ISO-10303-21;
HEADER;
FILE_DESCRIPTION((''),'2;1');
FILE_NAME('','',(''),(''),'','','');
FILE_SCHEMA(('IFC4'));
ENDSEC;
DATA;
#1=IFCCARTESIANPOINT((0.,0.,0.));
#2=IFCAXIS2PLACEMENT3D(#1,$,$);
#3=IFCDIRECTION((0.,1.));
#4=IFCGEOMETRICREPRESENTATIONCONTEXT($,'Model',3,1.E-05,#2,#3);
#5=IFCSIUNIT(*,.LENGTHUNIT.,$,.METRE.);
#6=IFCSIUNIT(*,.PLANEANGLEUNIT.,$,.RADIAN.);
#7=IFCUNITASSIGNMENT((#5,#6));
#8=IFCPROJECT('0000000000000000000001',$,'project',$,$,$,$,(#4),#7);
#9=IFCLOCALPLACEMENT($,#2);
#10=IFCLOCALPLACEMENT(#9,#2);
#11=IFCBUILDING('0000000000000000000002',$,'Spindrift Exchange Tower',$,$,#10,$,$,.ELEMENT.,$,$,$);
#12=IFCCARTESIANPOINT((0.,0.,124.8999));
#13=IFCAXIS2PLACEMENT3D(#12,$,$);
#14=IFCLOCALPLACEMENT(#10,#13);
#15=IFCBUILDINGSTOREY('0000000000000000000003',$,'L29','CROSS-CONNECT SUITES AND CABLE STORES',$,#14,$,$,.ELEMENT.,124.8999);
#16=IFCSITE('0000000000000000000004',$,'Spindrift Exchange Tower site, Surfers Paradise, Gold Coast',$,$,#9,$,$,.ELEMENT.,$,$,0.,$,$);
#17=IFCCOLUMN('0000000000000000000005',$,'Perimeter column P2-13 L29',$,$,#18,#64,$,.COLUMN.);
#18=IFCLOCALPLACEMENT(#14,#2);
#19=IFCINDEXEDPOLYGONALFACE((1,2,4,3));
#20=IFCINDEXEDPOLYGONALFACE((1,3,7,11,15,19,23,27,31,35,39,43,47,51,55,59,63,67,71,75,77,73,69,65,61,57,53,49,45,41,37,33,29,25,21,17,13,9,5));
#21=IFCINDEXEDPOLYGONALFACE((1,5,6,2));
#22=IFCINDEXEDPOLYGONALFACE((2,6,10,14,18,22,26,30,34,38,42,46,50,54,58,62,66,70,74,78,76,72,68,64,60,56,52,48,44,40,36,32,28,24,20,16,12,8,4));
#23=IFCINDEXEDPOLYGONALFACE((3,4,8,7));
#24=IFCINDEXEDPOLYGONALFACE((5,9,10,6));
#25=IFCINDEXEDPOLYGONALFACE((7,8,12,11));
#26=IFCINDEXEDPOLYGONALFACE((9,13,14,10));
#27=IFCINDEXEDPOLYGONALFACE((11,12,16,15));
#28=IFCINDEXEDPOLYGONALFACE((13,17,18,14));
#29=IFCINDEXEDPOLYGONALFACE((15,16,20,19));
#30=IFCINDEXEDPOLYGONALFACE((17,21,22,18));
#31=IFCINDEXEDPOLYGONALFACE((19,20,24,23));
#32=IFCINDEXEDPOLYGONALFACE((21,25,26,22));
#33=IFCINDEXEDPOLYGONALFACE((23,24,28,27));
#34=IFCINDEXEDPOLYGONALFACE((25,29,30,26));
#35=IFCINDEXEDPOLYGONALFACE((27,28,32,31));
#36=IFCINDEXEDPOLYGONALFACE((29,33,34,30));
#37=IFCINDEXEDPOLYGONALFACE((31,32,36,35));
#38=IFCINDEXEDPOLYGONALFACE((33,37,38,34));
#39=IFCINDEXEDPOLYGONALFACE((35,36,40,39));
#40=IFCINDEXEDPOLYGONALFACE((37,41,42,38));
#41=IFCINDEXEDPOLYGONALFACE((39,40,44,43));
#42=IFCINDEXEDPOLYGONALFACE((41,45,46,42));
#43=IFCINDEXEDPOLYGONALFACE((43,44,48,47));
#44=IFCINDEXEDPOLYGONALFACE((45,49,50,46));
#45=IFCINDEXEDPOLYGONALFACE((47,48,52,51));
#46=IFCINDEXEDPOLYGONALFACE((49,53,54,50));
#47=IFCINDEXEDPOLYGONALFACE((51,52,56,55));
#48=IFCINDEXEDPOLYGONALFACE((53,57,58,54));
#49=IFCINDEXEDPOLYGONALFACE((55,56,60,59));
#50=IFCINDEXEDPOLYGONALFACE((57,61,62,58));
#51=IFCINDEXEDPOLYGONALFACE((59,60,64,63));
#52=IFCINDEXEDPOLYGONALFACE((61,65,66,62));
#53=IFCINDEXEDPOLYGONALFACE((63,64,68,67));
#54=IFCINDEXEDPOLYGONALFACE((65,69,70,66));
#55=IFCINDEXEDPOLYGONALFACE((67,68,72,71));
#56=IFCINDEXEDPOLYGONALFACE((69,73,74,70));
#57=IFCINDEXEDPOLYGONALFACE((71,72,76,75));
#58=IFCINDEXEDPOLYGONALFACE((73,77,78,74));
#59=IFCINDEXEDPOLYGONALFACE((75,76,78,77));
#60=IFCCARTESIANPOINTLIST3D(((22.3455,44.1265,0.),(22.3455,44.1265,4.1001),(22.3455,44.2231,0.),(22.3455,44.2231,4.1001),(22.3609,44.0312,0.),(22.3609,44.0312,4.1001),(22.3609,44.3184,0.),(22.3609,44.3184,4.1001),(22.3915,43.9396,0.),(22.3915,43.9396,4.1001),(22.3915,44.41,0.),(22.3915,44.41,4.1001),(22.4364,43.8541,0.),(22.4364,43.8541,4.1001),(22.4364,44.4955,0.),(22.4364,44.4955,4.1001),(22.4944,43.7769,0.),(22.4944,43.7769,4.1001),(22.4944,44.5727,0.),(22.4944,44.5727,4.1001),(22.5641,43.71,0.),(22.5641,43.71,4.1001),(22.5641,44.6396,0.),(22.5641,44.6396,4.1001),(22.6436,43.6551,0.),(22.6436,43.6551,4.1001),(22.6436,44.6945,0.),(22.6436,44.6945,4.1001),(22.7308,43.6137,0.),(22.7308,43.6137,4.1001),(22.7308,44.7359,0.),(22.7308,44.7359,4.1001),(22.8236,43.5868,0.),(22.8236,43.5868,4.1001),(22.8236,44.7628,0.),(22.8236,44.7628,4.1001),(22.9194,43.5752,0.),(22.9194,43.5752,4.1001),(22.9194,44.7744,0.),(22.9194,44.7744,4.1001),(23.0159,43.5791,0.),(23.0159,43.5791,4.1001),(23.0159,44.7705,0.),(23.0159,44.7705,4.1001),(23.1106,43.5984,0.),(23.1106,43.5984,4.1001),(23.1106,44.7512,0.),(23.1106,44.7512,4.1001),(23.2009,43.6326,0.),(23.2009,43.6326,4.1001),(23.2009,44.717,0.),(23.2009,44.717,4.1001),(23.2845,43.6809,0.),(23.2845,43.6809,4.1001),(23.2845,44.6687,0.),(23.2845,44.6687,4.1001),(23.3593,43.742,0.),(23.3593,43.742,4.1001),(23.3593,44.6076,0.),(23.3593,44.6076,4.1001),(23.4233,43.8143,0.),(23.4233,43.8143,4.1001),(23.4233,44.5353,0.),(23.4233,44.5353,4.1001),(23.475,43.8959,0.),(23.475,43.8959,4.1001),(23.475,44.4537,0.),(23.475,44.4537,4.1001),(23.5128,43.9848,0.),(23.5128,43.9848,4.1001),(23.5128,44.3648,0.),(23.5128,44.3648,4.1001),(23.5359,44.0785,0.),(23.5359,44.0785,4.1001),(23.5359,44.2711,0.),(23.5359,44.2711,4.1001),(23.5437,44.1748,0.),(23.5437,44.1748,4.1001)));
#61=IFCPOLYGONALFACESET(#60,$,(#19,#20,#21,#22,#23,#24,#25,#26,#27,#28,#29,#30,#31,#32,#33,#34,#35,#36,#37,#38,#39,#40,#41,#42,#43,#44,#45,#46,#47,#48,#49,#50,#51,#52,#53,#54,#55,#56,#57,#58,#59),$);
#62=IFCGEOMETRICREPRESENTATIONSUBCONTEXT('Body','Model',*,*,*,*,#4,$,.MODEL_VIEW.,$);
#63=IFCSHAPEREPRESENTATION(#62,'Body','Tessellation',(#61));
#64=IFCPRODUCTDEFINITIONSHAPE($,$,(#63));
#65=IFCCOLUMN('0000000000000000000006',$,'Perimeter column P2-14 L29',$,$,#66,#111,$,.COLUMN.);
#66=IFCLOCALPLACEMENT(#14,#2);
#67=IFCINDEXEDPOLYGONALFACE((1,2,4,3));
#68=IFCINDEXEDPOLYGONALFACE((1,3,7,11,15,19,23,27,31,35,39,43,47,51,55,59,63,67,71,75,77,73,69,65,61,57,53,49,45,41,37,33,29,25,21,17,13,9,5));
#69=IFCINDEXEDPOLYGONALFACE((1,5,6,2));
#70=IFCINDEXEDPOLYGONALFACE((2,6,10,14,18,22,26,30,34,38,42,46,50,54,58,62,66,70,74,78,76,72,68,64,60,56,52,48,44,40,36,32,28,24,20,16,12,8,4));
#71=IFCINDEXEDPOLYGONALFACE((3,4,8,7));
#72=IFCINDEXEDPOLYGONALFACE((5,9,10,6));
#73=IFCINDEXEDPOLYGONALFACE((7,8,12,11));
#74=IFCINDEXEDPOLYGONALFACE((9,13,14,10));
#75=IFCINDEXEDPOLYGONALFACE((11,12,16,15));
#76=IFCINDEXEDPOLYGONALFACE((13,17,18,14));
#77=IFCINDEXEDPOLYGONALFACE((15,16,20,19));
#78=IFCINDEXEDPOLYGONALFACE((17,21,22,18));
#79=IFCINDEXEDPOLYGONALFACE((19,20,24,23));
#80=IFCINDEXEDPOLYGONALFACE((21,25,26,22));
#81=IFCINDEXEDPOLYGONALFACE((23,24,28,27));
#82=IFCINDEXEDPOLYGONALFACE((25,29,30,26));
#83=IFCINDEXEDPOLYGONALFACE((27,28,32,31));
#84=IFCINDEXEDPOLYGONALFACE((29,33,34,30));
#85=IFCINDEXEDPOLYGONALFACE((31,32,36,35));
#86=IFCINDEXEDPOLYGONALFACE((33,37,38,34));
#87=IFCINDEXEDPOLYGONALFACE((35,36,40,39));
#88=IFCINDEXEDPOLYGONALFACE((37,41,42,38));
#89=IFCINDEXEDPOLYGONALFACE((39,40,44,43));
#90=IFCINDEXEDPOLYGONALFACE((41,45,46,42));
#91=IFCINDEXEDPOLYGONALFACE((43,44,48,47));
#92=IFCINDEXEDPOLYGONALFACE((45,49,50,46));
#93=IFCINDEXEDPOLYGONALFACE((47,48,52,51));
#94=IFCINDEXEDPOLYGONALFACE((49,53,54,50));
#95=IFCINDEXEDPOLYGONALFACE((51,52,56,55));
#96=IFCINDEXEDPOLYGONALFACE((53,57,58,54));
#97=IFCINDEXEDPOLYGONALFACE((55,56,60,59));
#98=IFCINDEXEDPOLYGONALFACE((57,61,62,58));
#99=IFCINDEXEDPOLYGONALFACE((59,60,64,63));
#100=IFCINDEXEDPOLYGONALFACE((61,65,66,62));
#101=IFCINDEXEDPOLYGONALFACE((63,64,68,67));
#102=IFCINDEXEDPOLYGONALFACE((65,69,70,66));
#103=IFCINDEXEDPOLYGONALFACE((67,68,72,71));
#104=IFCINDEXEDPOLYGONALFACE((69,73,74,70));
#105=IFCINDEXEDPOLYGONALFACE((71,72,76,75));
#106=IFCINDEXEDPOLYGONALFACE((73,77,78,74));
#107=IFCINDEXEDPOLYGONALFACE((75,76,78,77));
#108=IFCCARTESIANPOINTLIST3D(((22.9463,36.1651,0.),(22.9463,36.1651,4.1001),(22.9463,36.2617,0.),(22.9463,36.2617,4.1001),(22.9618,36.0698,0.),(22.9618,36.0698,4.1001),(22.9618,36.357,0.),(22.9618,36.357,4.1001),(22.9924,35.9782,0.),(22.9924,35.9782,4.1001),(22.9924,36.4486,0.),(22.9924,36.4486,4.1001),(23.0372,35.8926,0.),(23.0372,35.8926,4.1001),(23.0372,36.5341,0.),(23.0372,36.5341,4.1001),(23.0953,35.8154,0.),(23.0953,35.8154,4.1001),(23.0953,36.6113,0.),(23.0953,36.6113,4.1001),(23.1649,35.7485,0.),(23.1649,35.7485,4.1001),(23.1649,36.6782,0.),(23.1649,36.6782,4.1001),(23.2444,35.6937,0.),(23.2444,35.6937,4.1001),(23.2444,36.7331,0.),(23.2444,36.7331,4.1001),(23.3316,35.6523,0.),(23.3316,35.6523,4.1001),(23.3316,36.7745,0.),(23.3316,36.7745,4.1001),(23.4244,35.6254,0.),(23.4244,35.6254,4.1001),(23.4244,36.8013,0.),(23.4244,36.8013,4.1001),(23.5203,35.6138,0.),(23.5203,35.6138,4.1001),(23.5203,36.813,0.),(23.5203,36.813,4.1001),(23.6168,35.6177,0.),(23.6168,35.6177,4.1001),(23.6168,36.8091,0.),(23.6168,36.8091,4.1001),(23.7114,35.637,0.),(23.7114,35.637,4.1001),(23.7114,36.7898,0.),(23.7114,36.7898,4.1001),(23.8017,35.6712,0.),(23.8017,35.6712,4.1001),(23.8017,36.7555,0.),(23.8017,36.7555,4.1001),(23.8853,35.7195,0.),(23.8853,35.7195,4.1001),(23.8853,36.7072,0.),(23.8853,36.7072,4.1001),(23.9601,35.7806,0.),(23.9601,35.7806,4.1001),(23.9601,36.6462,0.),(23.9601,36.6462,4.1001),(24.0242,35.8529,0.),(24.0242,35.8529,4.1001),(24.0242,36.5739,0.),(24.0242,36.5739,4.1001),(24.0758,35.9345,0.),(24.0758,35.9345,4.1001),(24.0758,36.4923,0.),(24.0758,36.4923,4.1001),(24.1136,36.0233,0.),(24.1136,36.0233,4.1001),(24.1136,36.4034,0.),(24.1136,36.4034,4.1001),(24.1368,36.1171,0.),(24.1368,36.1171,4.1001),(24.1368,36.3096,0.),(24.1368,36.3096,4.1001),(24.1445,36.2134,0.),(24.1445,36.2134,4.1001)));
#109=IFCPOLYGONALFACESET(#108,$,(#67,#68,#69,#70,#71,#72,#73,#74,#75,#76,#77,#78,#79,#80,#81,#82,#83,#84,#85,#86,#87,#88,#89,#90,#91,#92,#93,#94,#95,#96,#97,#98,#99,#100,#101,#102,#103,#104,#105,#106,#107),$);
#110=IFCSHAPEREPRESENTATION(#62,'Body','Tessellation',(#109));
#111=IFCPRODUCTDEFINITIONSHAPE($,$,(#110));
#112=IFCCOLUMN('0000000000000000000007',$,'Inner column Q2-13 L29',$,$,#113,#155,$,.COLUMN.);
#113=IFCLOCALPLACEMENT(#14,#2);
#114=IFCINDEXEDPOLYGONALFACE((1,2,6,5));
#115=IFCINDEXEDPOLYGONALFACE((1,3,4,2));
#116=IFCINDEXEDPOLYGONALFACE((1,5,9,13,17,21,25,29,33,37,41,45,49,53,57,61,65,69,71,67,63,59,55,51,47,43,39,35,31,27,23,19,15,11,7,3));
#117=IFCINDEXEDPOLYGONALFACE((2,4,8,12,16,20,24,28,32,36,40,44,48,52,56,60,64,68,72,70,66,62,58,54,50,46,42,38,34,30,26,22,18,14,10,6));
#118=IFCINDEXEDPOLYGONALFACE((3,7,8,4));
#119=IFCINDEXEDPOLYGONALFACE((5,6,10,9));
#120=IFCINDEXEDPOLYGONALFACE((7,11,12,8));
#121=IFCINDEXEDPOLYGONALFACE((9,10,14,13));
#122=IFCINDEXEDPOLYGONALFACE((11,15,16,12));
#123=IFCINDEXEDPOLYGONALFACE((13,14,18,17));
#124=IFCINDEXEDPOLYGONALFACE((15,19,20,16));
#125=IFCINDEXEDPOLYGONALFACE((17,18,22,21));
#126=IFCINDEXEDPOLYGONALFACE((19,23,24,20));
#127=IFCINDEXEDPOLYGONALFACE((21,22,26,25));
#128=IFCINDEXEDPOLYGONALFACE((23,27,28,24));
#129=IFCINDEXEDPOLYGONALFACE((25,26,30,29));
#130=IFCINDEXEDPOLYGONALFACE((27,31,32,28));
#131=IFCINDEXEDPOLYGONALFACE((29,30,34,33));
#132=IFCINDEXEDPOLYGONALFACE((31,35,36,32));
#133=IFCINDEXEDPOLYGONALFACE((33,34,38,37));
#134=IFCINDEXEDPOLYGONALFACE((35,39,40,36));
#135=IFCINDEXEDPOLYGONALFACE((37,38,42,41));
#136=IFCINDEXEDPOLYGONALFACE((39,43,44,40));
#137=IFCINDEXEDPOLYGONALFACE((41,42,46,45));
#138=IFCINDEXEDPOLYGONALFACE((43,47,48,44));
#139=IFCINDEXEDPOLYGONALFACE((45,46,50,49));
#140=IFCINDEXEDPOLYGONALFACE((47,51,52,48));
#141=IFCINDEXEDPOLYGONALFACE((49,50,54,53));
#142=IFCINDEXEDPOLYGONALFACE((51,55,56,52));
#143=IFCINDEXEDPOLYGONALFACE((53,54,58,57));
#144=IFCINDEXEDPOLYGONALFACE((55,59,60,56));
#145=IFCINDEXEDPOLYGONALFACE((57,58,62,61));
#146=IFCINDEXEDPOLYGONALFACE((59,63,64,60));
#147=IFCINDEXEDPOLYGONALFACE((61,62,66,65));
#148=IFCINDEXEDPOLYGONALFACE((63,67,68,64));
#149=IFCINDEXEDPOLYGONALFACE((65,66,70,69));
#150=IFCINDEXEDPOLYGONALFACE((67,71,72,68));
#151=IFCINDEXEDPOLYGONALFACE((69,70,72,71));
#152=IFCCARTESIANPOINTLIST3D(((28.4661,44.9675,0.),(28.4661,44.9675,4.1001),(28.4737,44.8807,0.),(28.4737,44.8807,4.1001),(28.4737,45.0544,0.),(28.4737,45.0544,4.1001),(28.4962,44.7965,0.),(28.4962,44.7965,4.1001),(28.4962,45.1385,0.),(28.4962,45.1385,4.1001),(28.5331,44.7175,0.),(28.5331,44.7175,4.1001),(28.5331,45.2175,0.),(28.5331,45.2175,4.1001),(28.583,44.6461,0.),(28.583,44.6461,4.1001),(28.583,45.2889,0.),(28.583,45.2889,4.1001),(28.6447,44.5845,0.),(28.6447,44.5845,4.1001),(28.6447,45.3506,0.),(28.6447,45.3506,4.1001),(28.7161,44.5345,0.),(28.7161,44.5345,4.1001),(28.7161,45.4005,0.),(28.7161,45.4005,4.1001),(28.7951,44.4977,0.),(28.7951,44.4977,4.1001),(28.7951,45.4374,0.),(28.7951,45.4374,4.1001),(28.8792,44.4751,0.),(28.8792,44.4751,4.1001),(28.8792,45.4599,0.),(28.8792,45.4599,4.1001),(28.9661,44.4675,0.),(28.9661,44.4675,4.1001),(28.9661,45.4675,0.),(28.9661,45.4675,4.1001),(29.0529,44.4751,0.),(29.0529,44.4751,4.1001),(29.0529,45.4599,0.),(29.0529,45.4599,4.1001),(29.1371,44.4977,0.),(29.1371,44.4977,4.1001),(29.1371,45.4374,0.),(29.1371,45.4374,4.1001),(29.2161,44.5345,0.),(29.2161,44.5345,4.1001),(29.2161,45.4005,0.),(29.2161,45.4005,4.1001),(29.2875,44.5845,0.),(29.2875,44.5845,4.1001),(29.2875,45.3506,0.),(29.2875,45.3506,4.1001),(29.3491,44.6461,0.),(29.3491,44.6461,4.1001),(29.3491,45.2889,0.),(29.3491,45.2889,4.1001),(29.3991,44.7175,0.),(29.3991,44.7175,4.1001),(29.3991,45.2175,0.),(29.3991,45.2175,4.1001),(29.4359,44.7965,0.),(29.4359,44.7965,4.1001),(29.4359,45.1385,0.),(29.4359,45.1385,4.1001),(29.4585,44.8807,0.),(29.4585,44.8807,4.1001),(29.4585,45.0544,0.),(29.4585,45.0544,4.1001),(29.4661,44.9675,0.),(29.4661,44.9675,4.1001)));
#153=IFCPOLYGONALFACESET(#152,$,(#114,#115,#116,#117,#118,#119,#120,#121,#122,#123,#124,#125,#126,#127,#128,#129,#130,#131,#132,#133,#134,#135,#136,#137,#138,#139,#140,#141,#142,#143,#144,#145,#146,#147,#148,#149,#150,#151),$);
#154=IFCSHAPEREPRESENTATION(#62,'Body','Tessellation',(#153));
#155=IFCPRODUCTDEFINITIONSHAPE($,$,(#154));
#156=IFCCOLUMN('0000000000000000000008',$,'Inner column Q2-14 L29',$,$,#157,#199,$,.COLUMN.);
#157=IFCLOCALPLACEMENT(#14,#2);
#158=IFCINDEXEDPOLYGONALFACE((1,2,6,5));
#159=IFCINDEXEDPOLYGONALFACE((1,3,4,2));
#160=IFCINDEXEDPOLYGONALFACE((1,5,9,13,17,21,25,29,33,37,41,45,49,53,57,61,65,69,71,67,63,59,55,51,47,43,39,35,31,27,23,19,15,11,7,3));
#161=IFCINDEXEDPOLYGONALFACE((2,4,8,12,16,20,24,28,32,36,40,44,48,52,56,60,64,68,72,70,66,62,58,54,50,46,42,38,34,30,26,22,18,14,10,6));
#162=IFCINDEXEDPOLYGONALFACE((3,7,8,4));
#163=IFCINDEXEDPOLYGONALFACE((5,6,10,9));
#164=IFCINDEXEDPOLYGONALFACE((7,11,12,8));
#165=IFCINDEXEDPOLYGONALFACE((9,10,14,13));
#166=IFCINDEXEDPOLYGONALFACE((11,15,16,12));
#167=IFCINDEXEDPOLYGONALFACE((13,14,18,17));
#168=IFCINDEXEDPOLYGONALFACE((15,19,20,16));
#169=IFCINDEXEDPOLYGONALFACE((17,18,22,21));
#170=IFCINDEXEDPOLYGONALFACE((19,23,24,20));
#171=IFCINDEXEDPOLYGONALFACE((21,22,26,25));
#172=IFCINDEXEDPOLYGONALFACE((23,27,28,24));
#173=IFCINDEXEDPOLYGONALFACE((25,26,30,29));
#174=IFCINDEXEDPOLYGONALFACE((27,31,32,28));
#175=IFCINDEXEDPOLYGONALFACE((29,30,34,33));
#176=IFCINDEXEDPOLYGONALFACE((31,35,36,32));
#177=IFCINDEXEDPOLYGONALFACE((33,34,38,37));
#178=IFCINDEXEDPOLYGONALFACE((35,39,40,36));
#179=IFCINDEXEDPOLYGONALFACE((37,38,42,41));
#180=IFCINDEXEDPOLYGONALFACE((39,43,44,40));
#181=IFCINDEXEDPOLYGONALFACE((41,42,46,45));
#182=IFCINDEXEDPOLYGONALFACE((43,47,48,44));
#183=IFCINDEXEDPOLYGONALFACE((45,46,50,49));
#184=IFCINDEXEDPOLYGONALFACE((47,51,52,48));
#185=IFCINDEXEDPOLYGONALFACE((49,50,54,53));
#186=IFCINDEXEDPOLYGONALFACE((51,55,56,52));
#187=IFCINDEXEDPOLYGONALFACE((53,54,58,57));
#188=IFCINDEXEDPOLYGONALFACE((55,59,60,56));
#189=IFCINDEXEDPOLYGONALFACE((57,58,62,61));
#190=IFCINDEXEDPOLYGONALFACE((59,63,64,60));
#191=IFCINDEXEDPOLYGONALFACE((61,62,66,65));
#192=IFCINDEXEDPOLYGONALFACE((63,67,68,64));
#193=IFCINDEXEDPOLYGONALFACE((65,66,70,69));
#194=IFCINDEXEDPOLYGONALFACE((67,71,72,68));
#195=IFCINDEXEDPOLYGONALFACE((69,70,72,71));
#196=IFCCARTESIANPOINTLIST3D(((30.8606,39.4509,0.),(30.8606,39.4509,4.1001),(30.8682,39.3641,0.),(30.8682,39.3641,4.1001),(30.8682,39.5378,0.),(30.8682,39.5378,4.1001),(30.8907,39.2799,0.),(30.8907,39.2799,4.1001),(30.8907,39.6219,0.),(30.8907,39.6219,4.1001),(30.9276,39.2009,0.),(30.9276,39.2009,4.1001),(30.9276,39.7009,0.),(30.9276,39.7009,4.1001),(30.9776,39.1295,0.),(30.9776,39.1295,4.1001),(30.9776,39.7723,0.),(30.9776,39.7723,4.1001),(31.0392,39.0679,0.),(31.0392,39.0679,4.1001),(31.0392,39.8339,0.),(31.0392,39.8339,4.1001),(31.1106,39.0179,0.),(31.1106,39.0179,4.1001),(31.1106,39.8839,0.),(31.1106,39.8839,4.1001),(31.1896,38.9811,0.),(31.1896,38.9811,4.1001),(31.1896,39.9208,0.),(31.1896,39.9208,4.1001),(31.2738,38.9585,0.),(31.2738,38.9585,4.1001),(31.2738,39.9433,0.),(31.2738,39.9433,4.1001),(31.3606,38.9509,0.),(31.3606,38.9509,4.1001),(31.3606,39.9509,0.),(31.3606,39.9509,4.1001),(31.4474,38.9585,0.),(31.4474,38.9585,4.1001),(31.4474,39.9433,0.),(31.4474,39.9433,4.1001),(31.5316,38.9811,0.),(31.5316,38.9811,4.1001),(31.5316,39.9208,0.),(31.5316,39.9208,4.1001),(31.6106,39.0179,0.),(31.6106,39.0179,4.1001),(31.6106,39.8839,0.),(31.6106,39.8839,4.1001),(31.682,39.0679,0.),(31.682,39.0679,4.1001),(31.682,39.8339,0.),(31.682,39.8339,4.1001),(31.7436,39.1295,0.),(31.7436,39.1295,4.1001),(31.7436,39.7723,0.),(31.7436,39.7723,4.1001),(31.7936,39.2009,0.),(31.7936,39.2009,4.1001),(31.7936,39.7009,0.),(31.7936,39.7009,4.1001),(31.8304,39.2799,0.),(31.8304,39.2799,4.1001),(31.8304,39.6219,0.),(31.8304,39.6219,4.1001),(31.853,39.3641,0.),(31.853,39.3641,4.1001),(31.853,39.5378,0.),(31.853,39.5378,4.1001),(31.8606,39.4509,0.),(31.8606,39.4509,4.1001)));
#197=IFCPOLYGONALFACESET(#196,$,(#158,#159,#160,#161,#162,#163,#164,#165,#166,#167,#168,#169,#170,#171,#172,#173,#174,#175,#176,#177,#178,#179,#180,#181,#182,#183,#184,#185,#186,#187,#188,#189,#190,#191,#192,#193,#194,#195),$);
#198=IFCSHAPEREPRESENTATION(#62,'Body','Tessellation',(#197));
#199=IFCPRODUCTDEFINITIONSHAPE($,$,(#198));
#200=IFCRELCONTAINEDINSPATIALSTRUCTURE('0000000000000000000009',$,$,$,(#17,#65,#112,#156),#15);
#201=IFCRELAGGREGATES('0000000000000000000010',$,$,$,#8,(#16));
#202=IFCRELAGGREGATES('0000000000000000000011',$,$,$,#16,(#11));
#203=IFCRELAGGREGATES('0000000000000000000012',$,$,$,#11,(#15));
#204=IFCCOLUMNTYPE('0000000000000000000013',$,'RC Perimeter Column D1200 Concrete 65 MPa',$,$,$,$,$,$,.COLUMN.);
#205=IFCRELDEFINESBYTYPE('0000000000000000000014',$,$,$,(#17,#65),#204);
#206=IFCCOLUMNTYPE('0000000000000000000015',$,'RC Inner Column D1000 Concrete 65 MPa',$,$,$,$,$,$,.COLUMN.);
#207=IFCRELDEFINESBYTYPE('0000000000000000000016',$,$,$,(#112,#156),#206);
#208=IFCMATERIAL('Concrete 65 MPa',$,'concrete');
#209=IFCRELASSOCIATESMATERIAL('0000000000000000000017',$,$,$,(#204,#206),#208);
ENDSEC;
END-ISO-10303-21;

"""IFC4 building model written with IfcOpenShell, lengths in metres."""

from ifc_helpers import new_model, si_unit, direction, frame, origin, origin_2d, place, context, subcontext, project, spatial, circle, extrude, source, transform, mapped, material, material_profile, profile_set, type_object, element, save


model = new_model("IFC4")

# Units and contexts
model_context = context("Model", 3, precision=1e-05, world=origin(), true_north=direction((0.0, 1.0)))
body_context = subcontext(model_context, "Body", "Model", "MODEL_VIEW")
ifc_project = project(units=[si_unit("LENGTHUNIT", "METRE"), si_unit("PLANEANGLEUNIT", "RADIAN")], contexts=[model_context])

# Site, building, storey
site_placement = place(None, origin())
site = spatial("IfcSite", under=ifc_project, at=site_placement, Name="Spindrift Exchange Tower site, Surfers Paradise, Gold Coast", CompositionType="ELEMENT", RefElevation=0.0)
building_placement = place(site_placement, origin())
building = spatial("IfcBuilding", under=site, at=building_placement, Name="Spindrift Exchange Tower", CompositionType="ELEMENT")
storey_placement = place(building_placement, frame((0.0, 0.0, 124.8999)))
storey = spatial("IfcBuildingStorey", under=building, at=storey_placement, Name="L29", Description="CROSS-CONNECT SUITES AND CABLE STORES", CompositionType="ELEMENT", Elevation=124.8999)

# Columns
ifc_material_1 = material(Name="Concrete 65 MPa", Category="concrete")
ifc_material_profile_1 = material_profile(ifc_material_1, circle(Radius=0.6001, at=origin_2d()), Name="RC D1200")
ifc_profile_set_1 = profile_set([ifc_material_profile_1], Name="Concrete 65 MPa")
column_type_1 = type_object("IfcColumnType", Name="RC Perimeter Column D1200 Concrete 65 MPa", PredefinedType="COLUMN", material=ifc_profile_set_1)
shared_shape_1 = source(origin(), body_context, "Body", "SweptSolid", [
    extrude(circle(Radius=0.6001, at=origin_2d()), origin(), (0.0, 0.0, 1.0), 4.1001),
])
for number, where, z_axis, x_axis, name in (
    (1, (22.9436, 44.1748, 0.0), (0.0, 0.0, 1.0), (1.0, 0.0, 0.0), "Perimeter column P2-13 L29"),
    (2, (23.5444, 36.2134, 0.0), (0.0, 0.0, 1.0), (1.0, 0.0, 0.0), "Perimeter column P2-14 L29"),
):
    element("IfcColumn", number, at=place(storey_placement, frame(where, z_axis=z_axis, x_axis=x_axis)), inside=storey, type_object=column_type_1, Name=name, PredefinedType="COLUMN", context=body_context, shape_type="MappedRepresentation", body=[
        mapped(shared_shape_1, transform((0.0, 0.0, 0.0), scale=1.0)),
    ])
ifc_material_profile_2 = material_profile(ifc_material_1, circle(Radius=0.5, at=origin_2d()), Name="RC D1000")
ifc_profile_set_2 = profile_set([ifc_material_profile_2], Name="Concrete 65 MPa")
column_type_2 = type_object("IfcColumnType", Name="RC Inner Column D1000 Concrete 65 MPa", PredefinedType="COLUMN", material=ifc_profile_set_2)
shared_shape_2 = source(origin(), body_context, "Body", "SweptSolid", [
    extrude(circle(Radius=0.5, at=origin_2d()), origin(), (0.0, 0.0, 1.0), 4.1001),
])
for number, where, z_axis, x_axis, name in (
    (3, (28.9661, 44.9675, 0.0), (0.0, 0.0, 1.0), (1.0, 0.0, 0.0), "Inner column Q2-13 L29"),
    (4, (31.3606, 39.4509, 0.0), (0.0, 0.0, 1.0), (1.0, 0.0, 0.0), "Inner column Q2-14 L29"),
):
    element("IfcColumn", number, at=place(storey_placement, frame(where, z_axis=z_axis, x_axis=x_axis)), inside=storey, type_object=column_type_2, Name=name, PredefinedType="COLUMN", context=body_context, shape_type="MappedRepresentation", body=[
        mapped(shared_shape_2, transform((0.0, 0.0, 0.0), scale=1.0)),
    ])

save(model, "model.ifc")
